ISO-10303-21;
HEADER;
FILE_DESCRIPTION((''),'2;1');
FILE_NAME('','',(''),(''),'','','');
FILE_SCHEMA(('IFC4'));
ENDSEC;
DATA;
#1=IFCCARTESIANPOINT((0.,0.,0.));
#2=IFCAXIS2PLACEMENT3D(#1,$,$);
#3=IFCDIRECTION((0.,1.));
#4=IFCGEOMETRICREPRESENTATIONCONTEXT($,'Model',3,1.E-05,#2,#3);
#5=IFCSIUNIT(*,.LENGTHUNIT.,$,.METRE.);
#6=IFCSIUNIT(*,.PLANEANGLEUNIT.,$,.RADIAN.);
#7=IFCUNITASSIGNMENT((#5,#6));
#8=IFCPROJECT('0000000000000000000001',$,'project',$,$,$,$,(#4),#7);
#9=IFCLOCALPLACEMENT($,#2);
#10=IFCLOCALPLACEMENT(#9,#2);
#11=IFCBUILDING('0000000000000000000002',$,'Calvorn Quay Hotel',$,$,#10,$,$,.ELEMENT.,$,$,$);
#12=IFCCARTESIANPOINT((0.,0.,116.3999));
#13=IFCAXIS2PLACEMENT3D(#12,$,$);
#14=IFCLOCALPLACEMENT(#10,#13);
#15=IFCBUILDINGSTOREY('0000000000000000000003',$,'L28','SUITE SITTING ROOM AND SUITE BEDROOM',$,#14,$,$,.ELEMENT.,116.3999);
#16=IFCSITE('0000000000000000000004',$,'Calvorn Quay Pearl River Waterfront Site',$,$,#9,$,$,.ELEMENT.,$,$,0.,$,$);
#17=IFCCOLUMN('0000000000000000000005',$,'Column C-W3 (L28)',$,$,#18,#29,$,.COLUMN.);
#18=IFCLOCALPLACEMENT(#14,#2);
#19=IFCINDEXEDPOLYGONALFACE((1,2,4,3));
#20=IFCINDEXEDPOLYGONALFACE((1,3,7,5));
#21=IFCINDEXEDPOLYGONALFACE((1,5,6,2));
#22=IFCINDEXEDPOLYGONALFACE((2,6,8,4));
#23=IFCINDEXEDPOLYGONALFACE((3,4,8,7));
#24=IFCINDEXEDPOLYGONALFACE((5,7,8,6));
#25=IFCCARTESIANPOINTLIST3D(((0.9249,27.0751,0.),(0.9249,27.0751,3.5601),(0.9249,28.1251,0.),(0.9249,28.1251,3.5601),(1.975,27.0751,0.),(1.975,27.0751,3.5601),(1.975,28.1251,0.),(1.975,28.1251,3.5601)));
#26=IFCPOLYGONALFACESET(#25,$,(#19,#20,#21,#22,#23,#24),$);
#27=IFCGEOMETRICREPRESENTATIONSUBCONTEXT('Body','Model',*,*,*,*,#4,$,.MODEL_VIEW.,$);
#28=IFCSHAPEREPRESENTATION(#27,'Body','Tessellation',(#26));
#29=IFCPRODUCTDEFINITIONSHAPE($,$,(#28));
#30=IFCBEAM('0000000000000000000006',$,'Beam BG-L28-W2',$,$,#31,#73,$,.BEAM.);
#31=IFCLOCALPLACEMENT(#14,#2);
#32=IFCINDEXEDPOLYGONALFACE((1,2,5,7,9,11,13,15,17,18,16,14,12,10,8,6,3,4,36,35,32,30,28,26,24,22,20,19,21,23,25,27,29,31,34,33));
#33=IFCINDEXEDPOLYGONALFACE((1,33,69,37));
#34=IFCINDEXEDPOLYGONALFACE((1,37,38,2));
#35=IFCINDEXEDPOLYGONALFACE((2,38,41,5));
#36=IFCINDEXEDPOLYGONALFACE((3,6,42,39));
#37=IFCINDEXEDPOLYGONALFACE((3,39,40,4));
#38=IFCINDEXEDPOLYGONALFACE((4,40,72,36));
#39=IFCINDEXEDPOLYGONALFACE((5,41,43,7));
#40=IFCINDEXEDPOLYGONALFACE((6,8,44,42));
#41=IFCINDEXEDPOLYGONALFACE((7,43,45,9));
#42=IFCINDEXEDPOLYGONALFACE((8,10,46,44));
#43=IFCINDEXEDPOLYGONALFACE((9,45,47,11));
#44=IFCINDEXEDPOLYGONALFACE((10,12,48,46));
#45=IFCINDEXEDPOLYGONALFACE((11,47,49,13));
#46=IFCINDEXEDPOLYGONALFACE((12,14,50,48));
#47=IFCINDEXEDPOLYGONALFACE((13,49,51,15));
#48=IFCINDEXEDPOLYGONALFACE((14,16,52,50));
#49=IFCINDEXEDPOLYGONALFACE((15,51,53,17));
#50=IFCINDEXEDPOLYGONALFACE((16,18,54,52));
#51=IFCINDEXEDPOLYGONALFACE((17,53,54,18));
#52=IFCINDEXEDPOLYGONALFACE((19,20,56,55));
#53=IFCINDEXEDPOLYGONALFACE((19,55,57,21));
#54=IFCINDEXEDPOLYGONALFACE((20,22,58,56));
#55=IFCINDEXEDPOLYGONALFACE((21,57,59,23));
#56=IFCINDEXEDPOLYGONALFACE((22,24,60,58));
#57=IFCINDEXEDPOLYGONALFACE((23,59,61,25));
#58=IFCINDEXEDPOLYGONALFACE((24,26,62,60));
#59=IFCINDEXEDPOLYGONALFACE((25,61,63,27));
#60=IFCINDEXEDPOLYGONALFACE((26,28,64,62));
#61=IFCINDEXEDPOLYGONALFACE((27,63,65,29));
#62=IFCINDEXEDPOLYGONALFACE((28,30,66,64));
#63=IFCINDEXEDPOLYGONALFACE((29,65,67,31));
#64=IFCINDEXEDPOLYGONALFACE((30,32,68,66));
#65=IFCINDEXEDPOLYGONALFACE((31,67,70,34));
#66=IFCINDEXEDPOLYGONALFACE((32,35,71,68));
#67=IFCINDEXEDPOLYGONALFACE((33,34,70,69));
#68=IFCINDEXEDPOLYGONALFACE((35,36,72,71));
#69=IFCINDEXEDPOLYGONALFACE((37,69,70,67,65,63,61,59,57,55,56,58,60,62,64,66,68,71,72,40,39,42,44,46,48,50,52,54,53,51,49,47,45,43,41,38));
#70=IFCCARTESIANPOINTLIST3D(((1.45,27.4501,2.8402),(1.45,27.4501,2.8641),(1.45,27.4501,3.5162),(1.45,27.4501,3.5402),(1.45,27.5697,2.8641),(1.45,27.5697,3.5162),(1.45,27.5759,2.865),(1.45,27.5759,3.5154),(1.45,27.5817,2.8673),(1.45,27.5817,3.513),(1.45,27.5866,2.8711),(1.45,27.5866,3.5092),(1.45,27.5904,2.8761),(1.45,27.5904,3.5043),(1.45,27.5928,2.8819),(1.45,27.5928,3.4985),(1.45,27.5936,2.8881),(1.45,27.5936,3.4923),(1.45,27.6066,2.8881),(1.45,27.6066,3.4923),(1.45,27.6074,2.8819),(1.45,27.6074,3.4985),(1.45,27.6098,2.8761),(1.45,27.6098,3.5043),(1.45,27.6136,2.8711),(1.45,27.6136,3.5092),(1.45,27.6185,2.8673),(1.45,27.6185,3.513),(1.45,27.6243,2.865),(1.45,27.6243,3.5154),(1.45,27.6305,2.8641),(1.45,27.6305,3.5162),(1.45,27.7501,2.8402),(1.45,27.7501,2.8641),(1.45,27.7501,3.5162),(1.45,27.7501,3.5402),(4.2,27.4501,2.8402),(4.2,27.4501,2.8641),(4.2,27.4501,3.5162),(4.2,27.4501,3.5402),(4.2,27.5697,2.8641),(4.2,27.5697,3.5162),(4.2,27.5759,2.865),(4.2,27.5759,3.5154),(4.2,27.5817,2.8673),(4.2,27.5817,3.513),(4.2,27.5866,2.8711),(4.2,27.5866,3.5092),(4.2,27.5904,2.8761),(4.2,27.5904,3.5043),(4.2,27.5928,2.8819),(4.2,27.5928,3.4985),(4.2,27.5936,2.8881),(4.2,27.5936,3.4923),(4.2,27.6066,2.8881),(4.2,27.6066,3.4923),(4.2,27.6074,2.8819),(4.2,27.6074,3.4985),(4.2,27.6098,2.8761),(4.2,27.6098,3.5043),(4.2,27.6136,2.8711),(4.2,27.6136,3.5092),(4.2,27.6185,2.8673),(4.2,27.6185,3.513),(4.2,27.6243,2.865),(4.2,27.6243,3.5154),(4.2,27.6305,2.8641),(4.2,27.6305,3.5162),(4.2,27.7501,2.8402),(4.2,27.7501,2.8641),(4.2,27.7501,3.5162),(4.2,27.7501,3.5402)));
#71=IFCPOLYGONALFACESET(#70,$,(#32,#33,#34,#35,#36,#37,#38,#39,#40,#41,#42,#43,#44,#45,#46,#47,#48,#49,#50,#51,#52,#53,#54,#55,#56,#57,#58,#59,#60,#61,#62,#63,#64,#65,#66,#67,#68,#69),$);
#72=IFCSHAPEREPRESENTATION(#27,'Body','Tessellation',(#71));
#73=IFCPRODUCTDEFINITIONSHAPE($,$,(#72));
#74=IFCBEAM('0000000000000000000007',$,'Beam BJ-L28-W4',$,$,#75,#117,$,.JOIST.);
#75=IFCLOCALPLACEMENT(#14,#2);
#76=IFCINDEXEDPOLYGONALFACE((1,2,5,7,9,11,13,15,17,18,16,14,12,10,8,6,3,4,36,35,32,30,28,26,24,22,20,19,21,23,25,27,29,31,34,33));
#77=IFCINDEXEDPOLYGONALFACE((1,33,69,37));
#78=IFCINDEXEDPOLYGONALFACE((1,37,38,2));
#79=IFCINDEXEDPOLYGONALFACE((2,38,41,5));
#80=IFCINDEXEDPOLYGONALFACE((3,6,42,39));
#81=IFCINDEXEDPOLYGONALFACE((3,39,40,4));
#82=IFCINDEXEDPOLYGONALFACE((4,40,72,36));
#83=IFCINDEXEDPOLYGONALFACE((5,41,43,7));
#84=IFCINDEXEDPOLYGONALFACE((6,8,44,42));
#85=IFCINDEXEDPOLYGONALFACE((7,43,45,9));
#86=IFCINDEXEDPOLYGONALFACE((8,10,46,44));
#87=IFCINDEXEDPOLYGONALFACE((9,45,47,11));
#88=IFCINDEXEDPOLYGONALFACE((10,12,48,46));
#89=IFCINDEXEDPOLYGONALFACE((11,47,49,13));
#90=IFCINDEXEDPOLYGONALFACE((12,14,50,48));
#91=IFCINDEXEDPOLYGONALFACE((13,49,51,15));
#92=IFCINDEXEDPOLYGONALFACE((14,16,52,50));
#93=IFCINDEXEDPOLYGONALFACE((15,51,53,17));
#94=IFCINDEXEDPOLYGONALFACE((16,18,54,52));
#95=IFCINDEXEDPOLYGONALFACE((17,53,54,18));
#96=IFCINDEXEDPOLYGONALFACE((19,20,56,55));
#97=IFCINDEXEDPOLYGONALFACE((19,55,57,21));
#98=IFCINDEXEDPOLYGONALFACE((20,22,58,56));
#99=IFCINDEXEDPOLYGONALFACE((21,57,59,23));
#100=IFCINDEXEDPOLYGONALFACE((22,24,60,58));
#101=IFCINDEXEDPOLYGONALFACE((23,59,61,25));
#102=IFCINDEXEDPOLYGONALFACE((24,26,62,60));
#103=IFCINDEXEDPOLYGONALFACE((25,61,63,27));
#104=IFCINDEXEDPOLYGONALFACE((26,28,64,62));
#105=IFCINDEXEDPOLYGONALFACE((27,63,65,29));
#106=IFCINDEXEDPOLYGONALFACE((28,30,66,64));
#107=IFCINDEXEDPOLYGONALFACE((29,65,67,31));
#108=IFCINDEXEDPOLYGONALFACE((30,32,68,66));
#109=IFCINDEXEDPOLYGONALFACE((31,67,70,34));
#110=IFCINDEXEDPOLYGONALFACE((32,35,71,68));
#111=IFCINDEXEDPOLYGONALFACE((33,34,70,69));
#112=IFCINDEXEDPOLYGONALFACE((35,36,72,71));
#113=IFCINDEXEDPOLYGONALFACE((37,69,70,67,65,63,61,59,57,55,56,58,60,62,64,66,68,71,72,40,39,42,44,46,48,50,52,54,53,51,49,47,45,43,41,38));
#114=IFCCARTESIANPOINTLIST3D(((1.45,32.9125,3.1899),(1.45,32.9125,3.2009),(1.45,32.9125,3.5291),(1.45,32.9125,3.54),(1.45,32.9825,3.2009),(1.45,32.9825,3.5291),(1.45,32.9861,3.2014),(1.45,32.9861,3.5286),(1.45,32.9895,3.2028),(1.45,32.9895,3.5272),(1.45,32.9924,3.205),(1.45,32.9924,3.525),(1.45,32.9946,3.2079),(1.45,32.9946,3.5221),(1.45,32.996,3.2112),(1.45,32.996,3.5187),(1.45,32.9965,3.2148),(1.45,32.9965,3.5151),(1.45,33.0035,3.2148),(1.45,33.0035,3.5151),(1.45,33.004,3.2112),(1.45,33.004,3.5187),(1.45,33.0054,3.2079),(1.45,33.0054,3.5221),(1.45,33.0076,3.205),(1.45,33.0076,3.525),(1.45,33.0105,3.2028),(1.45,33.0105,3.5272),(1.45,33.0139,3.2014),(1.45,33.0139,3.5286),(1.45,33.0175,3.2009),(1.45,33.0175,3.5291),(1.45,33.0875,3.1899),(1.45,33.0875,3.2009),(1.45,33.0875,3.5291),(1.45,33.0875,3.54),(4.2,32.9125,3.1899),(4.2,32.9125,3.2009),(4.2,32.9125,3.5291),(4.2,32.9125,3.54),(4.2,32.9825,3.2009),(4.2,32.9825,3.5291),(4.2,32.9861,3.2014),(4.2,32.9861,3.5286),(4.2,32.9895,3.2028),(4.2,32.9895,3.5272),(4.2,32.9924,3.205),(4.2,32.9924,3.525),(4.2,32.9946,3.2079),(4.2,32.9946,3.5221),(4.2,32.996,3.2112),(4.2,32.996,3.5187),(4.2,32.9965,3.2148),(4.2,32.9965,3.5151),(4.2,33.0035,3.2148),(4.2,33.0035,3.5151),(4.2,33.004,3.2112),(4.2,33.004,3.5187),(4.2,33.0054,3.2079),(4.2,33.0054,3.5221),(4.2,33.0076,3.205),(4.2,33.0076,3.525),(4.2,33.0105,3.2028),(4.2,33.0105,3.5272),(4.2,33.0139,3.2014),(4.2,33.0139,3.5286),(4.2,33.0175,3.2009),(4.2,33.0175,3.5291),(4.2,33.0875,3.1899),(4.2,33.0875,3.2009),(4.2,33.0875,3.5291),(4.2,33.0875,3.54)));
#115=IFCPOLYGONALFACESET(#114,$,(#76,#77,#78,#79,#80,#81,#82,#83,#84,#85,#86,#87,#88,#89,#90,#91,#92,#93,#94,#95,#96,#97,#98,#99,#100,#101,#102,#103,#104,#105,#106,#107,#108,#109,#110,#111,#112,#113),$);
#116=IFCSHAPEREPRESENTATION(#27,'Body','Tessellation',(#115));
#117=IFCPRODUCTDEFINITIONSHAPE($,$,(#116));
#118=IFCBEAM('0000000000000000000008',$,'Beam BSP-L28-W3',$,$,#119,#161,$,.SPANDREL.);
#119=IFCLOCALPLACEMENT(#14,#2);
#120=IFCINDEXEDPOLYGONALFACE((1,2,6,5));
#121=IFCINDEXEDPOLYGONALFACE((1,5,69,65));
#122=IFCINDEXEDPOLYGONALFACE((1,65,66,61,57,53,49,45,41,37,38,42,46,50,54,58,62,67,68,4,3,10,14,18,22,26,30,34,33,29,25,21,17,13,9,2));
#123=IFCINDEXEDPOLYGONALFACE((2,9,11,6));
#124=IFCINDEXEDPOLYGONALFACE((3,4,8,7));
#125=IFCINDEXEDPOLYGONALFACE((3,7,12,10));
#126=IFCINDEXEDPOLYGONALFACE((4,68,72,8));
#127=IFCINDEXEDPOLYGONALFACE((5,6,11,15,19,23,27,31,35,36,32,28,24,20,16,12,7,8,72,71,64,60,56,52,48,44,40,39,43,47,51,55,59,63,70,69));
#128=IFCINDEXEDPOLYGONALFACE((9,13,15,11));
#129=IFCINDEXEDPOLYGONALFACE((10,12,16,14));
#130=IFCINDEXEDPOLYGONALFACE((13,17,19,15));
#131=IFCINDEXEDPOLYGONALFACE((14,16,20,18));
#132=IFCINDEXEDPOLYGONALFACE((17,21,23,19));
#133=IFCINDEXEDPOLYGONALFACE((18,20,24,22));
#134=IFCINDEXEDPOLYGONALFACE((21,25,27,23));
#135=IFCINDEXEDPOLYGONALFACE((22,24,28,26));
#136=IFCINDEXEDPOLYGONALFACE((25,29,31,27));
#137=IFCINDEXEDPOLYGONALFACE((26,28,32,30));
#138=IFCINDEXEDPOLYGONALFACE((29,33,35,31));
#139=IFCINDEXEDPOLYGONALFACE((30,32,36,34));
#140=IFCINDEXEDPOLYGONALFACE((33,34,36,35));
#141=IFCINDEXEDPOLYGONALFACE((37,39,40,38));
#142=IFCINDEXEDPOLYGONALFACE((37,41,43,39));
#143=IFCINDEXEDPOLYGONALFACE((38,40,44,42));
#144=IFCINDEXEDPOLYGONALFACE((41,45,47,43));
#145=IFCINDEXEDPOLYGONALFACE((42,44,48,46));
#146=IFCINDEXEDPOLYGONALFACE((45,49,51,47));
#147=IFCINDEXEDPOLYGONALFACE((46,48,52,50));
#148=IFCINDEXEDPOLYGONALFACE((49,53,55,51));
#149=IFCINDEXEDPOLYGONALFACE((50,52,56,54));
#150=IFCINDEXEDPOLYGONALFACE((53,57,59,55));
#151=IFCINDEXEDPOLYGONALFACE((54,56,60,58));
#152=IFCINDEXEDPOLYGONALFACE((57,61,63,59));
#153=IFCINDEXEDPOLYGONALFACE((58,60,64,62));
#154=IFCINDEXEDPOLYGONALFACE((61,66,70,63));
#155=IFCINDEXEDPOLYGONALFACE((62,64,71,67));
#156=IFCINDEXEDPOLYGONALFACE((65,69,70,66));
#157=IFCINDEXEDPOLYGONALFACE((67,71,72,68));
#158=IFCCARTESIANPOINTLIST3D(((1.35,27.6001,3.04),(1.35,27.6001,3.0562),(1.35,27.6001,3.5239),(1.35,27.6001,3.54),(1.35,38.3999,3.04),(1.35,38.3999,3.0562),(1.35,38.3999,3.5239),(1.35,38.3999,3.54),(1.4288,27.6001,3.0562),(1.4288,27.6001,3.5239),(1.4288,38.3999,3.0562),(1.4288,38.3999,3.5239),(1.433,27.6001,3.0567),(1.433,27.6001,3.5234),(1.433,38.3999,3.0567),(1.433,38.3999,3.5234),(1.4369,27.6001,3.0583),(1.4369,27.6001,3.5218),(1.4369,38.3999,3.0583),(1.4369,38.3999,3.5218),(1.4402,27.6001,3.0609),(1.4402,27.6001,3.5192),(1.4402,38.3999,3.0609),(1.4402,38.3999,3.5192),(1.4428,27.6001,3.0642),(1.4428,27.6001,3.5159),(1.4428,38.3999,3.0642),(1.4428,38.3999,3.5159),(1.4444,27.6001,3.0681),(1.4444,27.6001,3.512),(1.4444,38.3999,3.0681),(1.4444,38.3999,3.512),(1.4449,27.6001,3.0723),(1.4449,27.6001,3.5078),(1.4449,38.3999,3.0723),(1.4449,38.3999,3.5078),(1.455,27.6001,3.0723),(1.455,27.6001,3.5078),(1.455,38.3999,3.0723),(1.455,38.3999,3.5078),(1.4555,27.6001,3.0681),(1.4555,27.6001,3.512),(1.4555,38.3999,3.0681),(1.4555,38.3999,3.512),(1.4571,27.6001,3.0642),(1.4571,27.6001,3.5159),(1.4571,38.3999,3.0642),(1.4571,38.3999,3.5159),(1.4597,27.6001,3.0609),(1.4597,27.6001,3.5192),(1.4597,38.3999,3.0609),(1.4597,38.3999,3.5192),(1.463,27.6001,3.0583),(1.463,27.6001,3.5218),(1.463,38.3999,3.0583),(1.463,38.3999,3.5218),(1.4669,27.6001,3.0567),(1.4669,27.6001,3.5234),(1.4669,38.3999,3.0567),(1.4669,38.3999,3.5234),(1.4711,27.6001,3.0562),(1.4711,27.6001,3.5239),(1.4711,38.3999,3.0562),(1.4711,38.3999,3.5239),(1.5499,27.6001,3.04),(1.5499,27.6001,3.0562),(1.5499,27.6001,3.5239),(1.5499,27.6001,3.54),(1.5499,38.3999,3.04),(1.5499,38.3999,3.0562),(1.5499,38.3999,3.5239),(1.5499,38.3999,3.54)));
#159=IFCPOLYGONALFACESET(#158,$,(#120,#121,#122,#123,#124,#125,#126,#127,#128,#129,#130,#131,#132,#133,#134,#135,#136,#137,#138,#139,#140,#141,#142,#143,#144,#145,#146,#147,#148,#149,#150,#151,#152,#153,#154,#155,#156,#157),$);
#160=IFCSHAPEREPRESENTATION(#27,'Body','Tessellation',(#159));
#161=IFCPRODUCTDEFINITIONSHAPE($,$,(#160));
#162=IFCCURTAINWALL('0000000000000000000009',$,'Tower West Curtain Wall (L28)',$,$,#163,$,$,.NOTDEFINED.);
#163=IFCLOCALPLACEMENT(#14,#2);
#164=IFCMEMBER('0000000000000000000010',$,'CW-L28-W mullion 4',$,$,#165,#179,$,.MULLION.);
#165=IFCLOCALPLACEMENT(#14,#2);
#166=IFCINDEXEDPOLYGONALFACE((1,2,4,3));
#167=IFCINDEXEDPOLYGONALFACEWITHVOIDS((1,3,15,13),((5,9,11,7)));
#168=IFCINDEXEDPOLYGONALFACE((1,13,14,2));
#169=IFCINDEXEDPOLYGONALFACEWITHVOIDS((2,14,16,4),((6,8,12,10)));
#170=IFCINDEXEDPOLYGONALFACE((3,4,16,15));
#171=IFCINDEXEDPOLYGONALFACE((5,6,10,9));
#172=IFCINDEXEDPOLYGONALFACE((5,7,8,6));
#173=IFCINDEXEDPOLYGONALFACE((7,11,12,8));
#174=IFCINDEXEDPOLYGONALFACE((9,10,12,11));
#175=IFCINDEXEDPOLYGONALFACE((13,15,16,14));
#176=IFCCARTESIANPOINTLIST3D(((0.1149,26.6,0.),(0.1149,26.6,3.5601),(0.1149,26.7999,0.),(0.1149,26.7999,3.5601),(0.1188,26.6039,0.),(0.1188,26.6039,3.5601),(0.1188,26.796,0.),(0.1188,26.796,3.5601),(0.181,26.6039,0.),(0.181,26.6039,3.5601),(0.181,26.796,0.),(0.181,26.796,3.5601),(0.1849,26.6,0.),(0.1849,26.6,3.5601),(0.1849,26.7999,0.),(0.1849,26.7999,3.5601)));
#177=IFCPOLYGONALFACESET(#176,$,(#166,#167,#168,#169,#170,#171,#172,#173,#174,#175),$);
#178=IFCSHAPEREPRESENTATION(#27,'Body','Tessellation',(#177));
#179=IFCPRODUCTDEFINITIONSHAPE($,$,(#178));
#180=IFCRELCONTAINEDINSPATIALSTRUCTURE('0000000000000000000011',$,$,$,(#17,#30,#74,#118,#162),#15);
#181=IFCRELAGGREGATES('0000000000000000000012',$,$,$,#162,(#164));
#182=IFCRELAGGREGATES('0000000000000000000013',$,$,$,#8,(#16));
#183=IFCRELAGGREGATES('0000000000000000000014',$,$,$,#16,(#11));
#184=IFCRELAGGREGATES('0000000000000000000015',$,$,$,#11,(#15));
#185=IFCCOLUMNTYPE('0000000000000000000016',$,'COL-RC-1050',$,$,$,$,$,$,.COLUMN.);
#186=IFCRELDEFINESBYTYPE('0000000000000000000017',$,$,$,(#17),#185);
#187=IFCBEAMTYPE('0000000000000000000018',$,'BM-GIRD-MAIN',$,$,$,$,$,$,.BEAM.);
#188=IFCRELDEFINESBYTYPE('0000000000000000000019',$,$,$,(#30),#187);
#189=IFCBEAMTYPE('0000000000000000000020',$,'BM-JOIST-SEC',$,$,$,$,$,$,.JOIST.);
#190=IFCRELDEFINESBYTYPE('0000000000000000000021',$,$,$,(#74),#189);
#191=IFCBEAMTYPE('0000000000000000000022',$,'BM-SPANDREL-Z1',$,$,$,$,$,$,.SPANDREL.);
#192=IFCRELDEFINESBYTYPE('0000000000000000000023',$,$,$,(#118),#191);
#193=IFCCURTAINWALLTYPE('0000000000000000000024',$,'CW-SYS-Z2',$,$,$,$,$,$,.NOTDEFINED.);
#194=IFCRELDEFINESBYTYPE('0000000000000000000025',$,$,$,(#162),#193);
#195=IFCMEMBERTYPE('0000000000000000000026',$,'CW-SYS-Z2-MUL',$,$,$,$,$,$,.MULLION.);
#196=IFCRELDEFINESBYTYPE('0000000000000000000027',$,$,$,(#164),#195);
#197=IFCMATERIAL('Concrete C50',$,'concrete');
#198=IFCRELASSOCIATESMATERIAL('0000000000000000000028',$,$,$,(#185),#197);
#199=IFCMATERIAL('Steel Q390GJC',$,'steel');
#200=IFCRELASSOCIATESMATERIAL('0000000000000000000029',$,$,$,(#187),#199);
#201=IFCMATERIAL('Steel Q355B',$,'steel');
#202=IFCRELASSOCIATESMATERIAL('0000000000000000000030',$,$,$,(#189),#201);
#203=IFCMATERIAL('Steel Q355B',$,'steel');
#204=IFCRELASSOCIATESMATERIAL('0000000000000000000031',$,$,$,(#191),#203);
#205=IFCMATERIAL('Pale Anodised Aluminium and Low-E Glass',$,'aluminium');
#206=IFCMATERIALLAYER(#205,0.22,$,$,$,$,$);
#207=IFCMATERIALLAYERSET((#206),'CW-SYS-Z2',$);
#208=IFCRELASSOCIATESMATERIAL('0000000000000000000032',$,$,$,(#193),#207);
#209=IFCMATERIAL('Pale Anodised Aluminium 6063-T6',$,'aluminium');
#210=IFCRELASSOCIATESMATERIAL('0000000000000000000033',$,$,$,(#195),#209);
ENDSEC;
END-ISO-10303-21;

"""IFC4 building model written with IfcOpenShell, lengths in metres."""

from ifc_helpers import new_model, si_unit, direction, frame, origin, origin_2d, place, context, subcontext, project, spatial, rectangle, hollow_rectangle, i_section, extrude, material, layer, layer_set, material_profile, profile_set, type_object, element, aggregate, save


model = new_model("IFC4")

# Units and contexts
model_context = context("Model", 3, precision=1e-05, world=origin(), true_north=direction((0.0, 1.0)))
body_context = subcontext(model_context, "Body", "Model", "MODEL_VIEW")
ifc_project = project(units=[si_unit("LENGTHUNIT", "METRE"), si_unit("PLANEANGLEUNIT", "RADIAN")], contexts=[model_context])

# Site, building, storey
site_placement = place(None, origin())
site = spatial("IfcSite", under=ifc_project, at=site_placement, Name="Calvorn Quay Pearl River Waterfront Site", CompositionType="ELEMENT", RefElevation=0.0)
building_placement = place(site_placement, origin())
building = spatial("IfcBuilding", under=site, at=building_placement, Name="Calvorn Quay Hotel", CompositionType="ELEMENT")
storey_placement = place(building_placement, frame((0.0, 0.0, 116.3999)))
storey = spatial("IfcBuildingStorey", under=building, at=storey_placement, Name="L28", Description="SUITE SITTING ROOM AND SUITE BEDROOM", CompositionType="ELEMENT", Elevation=116.3999)

# Column
ifc_material_1 = material(Name="Concrete C50", Category="concrete")
ifc_material_profile_1 = material_profile(ifc_material_1, rectangle(XDim=1.05, YDim=1.05, at=origin_2d()), Name="RC1050x1050")
ifc_profile_set_1 = profile_set([ifc_material_profile_1], Name="Concrete C50")
column_type = type_object("IfcColumnType", Name="COL-RC-1050", PredefinedType="COLUMN", material=ifc_profile_set_1)
column_placement = place(storey_placement, frame((1.45, 27.6001, 0.0), z_axis=(0.0, 0.0, 1.0), x_axis=(1.0, 0.0, 0.0)))
element("IfcColumn", 1, at=column_placement, inside=storey, type_object=column_type, Name="Column C-W3 (L28)", PredefinedType="COLUMN", context=body_context, shape_type="SweptSolid", body=[
    extrude(rectangle(XDim=1.05, YDim=1.05, at=origin_2d()), origin(), (0.0, 0.0, 1.0), 3.5601),
])

# Beams
ifc_material_2 = material(Name="Steel Q390GJC", Category="steel")
ifc_material_profile_2 = material_profile(ifc_material_2, i_section(OverallWidth=0.3, OverallDepth=0.7, WebThickness=0.0129, FlangeThickness=0.0239, FilletRadius=0.0239, at=origin_2d()), Name="HN700x300x13x24")
ifc_profile_set_2 = profile_set([ifc_material_profile_2], Name="Steel Q390GJC")
beam_type_1 = type_object("IfcBeamType", Name="BM-GIRD-MAIN", PredefinedType="BEAM", material=ifc_profile_set_2)
beam_1_placement = place(storey_placement, frame((1.45, 27.6001, 3.1902), z_axis=(1.0, 0.0, 0.0), x_axis=(0.0, 1.0, 0.0)))
element("IfcBeam", 2, at=beam_1_placement, inside=storey, type_object=beam_type_1, Name="Beam BG-L28-W2", PredefinedType="BEAM", context=body_context, shape_type="SweptSolid", body=[
    extrude(i_section(OverallWidth=0.3, OverallDepth=0.7, WebThickness=0.0129, FlangeThickness=0.0239, FilletRadius=0.0239, at=origin_2d()), origin(), (0.0, 0.0, 1.0), 2.75),
])
ifc_material_3 = material(Name="Steel Q355B", Category="steel")
ifc_material_profile_3 = material_profile(ifc_material_3, i_section(OverallWidth=0.175, OverallDepth=0.3501, WebThickness=0.0071, FlangeThickness=0.011, FilletRadius=0.0139, at=origin_2d()), Name="HN350x175x7x11")
ifc_profile_set_3 = profile_set([ifc_material_profile_3], Name="Steel Q355B")
beam_type_2 = type_object("IfcBeamType", Name="BM-JOIST-SEC", PredefinedType="JOIST", material=ifc_profile_set_3)
beam_2_placement = place(storey_placement, frame((1.45, 33.0, 3.365), z_axis=(1.0, 0.0, 0.0), x_axis=(0.0, 1.0, 0.0)))
element("IfcBeam", 3, at=beam_2_placement, inside=storey, type_object=beam_type_2, Name="Beam BJ-L28-W4", PredefinedType="JOIST", context=body_context, shape_type="SweptSolid", body=[
    extrude(i_section(OverallWidth=0.175, OverallDepth=0.3501, WebThickness=0.0071, FlangeThickness=0.011, FilletRadius=0.0139, at=origin_2d()), origin(), (0.0, 0.0, 1.0), 2.75),
])
ifc_material_4 = material(Name="Steel Q355B", Category="steel")
ifc_material_profile_4 = material_profile(ifc_material_4, i_section(OverallWidth=0.2, OverallDepth=0.5, WebThickness=0.01, FlangeThickness=0.0161, FilletRadius=0.0161, at=origin_2d()), Name="HN500x200x10x16")
ifc_profile_set_4 = profile_set([ifc_material_profile_4], Name="Steel Q355B")
beam_type_3 = type_object("IfcBeamType", Name="BM-SPANDREL-Z1", PredefinedType="SPANDREL", material=ifc_profile_set_4)
beam_3_placement = place(storey_placement, frame((1.45, 27.6001, 3.29), z_axis=(0.0, 1.0, 0.0), x_axis=(-1.0, 0.0, 0.0)))
element("IfcBeam", 4, at=beam_3_placement, inside=storey, type_object=beam_type_3, Name="Beam BSP-L28-W3", PredefinedType="SPANDREL", context=body_context, shape_type="SweptSolid", body=[
    extrude(i_section(OverallWidth=0.2, OverallDepth=0.5, WebThickness=0.01, FlangeThickness=0.0161, FilletRadius=0.0161, at=origin_2d()), origin(), (0.0, 0.0, 1.0), 10.7998),
])

# Curtain wall, member
ifc_material_5 = material(Name="Pale Anodised Aluminium and Low-E Glass", Category="aluminium")
ifc_layer_1 = layer(ifc_material_5, 0.22)
ifc_layer_set_1 = layer_set([ifc_layer_1], Name="CW-SYS-Z2")
curtain_wall_type = type_object("IfcCurtainWallType", Name="CW-SYS-Z2", PredefinedType="NOTDEFINED", material=ifc_layer_set_1)
curtain_wall_placement = place(storey_placement, origin())
curtain_wall = element("IfcCurtainWall", 5, at=curtain_wall_placement, inside=storey, type_object=curtain_wall_type, Name="Tower West Curtain Wall (L28)", PredefinedType="NOTDEFINED")
ifc_material_6 = material(Name="Pale Anodised Aluminium 6063-T6", Category="aluminium")
ifc_material_profile_5 = material_profile(ifc_material_6, hollow_rectangle(XDim=0.0701, YDim=0.2, WallThickness=0.0039, at=origin_2d()), Name="ALU-M200x70x4")
ifc_profile_set_5 = profile_set([ifc_material_profile_5], Name="Pale Anodised Aluminium 6063-T6")
member_type_1 = type_object("IfcMemberType", Name="CW-SYS-Z2-MUL", PredefinedType="MULLION", material=ifc_profile_set_5)
member_1_placement = place(storey_placement, frame((0.1499, 26.7, 0.0), z_axis=(0.0, 0.0, 1.0), x_axis=(-1.0, 0.0, 0.0)))
member_1 = element("IfcMember", 6, at=member_1_placement, type_object=member_type_1, Name="CW-L28-W mullion 4", PredefinedType="MULLION", context=body_context, shape_type="SweptSolid", body=[
    extrude(hollow_rectangle(XDim=0.0701, YDim=0.2, WallThickness=0.0039, at=origin_2d()), origin(), (0.0, 0.0, 1.0), 3.5601),
])
aggregate(curtain_wall, [member_1])

save(model, "model.ifc")
